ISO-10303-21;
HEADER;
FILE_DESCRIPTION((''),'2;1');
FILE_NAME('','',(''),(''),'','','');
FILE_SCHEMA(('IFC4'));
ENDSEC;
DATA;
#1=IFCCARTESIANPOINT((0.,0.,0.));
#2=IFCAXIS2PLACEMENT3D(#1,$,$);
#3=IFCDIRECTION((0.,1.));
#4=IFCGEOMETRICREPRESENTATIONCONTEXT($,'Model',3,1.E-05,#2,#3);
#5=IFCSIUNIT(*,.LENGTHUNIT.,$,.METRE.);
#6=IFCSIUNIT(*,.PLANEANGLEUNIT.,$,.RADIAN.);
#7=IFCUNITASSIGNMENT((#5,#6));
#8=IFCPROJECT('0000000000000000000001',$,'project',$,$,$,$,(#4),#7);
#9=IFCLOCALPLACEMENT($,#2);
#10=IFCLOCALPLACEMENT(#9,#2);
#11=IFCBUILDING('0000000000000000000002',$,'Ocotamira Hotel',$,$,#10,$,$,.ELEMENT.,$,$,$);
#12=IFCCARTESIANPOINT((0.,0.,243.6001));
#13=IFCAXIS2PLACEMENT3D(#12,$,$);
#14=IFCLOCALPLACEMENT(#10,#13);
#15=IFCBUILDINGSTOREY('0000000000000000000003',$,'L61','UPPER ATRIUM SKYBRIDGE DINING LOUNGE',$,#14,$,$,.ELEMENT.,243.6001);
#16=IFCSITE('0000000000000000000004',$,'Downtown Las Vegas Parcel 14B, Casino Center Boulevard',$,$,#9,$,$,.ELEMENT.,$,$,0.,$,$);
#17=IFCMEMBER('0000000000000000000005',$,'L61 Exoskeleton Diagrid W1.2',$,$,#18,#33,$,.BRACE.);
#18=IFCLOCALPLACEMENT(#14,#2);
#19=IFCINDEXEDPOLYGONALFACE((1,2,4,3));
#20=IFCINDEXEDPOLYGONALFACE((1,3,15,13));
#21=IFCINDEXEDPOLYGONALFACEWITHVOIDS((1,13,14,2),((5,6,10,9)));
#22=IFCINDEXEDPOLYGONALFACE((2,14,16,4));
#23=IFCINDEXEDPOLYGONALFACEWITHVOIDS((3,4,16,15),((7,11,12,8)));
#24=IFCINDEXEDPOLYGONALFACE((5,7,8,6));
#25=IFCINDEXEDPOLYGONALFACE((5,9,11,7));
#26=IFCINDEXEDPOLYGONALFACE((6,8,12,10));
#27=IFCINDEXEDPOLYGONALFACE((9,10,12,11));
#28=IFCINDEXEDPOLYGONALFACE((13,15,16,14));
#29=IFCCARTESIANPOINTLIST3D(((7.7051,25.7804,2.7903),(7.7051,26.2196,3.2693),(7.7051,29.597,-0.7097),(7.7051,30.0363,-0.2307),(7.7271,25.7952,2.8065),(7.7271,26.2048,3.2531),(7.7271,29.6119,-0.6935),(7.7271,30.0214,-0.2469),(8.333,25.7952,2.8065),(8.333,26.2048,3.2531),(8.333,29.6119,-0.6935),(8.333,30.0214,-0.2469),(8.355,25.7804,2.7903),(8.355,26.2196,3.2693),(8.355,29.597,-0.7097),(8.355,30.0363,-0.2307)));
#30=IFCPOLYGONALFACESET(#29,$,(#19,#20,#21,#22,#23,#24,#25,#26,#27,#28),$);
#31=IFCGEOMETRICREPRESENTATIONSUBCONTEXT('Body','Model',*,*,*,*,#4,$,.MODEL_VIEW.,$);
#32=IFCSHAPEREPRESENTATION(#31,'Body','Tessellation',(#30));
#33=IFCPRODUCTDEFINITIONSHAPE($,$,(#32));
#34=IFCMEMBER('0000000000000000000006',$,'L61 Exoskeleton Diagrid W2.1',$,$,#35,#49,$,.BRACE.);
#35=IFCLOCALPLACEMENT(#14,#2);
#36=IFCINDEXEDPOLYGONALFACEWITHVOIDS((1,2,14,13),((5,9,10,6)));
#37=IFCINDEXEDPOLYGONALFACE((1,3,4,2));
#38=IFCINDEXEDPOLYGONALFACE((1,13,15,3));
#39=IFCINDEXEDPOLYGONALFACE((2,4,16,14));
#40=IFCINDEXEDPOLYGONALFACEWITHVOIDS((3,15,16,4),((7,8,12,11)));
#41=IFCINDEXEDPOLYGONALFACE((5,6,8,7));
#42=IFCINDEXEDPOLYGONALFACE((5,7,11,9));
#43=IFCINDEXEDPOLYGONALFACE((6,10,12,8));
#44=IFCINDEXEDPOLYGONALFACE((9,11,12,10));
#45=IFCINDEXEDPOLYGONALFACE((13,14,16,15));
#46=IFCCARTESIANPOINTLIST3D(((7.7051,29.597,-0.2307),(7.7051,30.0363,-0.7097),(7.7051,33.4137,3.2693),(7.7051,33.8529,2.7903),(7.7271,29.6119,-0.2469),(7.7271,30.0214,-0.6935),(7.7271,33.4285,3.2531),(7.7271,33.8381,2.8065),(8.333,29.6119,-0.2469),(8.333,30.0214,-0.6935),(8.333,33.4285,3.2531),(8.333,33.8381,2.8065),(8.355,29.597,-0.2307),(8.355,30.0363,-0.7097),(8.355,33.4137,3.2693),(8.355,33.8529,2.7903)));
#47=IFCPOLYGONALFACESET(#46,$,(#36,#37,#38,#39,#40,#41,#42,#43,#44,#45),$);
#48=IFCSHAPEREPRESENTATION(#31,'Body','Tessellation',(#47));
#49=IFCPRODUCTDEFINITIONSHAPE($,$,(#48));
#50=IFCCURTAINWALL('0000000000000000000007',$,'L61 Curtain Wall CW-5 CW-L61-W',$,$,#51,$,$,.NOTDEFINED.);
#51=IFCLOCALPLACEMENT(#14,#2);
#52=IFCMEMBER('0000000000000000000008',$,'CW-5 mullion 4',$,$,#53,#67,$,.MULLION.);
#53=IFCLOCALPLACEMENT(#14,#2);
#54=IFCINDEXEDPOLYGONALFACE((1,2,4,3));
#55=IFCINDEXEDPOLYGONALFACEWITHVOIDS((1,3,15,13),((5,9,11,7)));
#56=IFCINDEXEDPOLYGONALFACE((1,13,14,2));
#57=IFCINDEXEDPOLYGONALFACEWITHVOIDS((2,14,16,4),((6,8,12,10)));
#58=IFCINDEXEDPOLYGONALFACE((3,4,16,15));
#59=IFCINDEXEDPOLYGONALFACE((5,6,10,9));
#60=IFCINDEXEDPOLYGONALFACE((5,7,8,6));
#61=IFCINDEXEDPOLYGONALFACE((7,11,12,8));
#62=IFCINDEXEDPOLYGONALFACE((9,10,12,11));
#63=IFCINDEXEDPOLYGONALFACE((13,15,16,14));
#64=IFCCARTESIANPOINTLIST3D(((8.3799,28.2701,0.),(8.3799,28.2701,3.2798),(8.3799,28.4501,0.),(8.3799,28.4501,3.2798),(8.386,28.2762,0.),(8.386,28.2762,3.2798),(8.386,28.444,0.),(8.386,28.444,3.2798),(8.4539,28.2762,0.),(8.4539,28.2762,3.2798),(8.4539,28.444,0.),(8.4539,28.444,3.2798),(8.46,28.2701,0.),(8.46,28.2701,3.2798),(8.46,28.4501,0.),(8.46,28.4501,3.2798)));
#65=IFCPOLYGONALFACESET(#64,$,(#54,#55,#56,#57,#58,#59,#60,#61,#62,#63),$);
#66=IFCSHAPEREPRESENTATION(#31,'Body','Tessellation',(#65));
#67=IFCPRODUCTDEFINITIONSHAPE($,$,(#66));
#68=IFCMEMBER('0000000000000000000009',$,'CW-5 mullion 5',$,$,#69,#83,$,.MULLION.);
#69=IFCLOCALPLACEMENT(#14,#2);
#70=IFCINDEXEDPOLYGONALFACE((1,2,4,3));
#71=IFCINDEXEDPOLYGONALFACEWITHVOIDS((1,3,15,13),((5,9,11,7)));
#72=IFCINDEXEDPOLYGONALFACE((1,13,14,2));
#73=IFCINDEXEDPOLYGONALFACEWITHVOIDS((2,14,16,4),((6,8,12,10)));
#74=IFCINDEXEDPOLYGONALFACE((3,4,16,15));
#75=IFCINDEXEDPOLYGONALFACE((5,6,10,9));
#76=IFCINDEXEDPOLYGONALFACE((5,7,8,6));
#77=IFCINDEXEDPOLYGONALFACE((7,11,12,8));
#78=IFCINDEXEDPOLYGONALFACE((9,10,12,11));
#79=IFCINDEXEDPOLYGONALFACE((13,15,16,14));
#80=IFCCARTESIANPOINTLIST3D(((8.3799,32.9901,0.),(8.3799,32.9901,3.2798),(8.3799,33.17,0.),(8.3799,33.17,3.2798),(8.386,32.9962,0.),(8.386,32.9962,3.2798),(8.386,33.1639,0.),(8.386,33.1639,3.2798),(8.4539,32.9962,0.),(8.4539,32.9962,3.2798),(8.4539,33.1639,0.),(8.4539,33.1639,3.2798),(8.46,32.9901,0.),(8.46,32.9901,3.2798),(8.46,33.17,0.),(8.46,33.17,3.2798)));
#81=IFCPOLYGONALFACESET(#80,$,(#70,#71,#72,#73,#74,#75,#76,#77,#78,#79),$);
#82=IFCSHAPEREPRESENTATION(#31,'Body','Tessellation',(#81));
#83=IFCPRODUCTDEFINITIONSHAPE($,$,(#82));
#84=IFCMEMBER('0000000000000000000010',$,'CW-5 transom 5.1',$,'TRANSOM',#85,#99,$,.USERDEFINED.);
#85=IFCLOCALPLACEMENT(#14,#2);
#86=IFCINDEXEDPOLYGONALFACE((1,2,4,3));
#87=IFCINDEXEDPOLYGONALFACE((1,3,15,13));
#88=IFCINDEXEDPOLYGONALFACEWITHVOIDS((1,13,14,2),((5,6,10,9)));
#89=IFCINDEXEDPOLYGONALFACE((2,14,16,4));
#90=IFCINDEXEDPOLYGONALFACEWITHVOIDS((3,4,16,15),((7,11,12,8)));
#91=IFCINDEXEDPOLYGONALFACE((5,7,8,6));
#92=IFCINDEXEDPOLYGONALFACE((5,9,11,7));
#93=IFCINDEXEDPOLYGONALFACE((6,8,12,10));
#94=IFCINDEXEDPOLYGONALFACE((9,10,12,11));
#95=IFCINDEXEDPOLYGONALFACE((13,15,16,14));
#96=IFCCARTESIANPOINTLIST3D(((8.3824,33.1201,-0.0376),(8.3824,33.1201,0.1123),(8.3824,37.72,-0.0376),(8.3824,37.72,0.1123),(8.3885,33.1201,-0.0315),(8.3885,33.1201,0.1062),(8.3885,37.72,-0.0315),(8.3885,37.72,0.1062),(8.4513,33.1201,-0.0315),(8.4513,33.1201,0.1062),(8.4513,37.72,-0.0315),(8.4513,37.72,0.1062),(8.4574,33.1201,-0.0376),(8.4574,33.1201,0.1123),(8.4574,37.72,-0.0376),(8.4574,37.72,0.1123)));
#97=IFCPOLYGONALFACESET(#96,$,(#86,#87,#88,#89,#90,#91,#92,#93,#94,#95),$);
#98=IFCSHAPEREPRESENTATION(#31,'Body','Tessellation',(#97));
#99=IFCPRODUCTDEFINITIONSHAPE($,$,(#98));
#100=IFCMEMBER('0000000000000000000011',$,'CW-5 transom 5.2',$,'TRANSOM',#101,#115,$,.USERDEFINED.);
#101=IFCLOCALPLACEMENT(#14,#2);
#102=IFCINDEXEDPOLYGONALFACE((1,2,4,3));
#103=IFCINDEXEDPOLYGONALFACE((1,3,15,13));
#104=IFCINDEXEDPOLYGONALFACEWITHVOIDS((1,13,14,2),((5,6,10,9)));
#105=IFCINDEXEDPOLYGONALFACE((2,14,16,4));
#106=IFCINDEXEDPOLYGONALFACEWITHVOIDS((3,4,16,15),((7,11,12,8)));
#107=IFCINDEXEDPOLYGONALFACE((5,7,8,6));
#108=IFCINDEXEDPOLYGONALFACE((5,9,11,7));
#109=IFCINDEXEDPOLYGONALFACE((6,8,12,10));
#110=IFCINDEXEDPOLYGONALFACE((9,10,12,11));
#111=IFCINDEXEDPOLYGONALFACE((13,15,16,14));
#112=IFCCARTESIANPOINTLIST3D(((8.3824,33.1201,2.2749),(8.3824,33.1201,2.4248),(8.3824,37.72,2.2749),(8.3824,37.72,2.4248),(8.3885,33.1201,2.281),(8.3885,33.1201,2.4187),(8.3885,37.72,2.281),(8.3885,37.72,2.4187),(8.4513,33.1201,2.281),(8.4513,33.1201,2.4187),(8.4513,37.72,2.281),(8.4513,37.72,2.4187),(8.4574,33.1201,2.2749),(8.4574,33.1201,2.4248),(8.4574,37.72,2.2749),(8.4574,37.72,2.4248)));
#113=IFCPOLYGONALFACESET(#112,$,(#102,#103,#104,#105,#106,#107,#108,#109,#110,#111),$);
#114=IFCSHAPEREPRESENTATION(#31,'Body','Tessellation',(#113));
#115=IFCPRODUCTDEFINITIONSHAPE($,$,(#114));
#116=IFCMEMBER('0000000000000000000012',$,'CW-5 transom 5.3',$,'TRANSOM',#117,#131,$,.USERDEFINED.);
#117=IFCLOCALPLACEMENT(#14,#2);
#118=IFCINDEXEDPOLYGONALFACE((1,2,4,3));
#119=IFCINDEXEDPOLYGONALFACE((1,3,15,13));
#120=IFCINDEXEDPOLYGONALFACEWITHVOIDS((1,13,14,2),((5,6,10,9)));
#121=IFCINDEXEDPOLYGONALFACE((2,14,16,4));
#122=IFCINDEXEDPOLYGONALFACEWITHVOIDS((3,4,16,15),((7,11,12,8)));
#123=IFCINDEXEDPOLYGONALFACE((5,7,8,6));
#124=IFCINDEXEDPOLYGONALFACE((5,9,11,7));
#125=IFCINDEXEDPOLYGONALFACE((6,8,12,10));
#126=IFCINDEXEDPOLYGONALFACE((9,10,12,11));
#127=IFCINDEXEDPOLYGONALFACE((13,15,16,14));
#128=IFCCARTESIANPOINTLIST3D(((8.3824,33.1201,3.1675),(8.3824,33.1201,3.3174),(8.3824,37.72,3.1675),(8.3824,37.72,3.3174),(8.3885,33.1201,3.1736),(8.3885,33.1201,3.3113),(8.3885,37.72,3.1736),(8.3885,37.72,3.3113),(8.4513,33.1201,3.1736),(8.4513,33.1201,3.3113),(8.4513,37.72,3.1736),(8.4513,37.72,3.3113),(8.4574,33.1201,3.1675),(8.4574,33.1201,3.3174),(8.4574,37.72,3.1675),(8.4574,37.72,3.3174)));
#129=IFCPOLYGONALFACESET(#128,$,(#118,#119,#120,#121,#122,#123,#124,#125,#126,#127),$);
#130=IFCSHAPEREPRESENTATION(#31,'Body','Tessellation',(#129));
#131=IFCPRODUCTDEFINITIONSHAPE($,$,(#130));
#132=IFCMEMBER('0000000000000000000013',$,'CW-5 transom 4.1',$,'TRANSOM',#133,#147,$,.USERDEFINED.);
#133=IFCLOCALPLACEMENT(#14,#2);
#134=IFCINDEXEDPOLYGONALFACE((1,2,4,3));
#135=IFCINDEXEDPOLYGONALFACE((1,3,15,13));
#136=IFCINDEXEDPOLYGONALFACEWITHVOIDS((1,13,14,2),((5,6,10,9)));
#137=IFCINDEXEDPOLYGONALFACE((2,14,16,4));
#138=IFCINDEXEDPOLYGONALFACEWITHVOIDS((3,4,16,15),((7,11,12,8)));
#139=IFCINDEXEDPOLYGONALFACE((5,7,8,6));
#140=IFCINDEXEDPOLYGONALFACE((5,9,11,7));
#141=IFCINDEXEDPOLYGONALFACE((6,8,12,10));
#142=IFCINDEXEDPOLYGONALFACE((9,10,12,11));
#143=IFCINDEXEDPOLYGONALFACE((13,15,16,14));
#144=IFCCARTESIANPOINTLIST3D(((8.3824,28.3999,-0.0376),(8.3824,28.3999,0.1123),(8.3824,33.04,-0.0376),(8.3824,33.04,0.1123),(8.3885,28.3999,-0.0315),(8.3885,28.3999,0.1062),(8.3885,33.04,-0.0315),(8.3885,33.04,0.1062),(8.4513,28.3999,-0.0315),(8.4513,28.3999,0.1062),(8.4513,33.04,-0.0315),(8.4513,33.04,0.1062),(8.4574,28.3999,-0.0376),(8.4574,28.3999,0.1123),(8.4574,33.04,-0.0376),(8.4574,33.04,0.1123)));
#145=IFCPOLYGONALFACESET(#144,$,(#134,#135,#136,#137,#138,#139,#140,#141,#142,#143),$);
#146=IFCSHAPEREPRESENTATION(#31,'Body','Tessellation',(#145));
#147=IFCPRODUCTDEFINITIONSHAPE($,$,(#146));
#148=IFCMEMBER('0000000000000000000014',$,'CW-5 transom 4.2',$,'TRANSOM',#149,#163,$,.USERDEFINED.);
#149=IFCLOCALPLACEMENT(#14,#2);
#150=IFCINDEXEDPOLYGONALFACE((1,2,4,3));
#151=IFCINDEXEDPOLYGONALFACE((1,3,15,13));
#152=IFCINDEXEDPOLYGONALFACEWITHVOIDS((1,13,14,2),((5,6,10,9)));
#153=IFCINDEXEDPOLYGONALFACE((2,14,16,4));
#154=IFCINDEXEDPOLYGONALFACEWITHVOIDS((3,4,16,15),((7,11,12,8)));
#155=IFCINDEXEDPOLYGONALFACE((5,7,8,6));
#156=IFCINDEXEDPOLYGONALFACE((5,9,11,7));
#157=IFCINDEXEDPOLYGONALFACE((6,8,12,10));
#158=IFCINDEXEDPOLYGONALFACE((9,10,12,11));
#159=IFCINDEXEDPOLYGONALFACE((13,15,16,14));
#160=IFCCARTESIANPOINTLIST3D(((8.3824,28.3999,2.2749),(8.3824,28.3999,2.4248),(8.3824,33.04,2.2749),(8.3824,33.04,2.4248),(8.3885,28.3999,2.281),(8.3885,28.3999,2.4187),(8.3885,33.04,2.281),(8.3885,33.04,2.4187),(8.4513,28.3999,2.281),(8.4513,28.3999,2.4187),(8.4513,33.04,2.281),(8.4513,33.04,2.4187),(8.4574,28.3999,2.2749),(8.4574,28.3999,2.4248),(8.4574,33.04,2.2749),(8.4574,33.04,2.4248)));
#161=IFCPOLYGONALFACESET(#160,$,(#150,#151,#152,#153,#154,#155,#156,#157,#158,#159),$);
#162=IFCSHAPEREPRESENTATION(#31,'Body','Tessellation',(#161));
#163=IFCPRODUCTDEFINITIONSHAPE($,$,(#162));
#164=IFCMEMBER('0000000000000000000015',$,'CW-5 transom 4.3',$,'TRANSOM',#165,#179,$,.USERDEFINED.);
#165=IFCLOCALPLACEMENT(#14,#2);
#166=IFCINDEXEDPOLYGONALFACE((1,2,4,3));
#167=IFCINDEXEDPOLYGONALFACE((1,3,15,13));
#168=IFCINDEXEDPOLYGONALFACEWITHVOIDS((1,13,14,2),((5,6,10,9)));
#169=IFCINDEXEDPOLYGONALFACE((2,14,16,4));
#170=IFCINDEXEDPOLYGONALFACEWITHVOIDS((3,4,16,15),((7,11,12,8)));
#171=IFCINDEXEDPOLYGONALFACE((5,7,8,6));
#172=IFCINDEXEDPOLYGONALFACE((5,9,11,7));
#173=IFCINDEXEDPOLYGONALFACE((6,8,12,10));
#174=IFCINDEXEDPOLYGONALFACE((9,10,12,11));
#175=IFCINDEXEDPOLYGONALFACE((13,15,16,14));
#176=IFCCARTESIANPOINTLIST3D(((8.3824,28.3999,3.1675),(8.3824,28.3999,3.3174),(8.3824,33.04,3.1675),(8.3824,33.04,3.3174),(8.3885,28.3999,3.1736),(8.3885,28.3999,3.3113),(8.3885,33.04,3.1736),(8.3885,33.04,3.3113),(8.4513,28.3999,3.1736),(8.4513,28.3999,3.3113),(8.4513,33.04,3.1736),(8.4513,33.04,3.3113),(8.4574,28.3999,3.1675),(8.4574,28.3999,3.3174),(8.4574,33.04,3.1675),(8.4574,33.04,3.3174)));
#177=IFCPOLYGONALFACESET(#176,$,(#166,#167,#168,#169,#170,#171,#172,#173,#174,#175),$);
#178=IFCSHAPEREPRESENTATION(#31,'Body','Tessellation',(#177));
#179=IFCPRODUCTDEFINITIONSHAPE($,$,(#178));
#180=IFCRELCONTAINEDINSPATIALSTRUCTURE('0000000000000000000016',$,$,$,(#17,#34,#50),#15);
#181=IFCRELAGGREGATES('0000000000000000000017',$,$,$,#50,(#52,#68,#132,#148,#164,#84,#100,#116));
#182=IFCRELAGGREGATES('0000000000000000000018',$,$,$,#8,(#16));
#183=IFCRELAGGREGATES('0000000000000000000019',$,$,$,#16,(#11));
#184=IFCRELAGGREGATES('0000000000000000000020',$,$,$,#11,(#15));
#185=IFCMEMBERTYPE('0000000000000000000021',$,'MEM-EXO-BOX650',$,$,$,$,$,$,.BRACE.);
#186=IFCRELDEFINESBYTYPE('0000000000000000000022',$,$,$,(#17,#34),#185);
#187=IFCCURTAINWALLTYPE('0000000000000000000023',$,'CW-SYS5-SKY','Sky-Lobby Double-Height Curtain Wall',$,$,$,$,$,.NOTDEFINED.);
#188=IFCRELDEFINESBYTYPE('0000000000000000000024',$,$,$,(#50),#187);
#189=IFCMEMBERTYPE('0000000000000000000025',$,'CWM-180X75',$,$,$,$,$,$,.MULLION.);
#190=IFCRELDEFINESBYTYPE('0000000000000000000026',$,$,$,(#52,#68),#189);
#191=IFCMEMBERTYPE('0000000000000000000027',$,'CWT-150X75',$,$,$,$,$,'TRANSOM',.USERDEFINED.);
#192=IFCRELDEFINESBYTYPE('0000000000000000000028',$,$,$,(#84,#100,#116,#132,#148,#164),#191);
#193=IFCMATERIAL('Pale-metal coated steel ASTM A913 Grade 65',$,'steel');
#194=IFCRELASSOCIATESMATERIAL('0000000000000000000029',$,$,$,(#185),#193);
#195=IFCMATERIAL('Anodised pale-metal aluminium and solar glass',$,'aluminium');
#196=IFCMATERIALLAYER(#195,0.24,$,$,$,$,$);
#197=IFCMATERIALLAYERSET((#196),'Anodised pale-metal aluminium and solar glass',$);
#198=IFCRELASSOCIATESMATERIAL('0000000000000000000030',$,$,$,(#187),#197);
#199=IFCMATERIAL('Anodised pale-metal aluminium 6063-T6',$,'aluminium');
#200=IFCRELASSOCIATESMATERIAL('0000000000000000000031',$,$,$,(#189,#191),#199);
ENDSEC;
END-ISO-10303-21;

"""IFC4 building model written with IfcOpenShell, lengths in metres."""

from ifc_helpers import new_model, si_unit, direction, frame, origin, origin_2d, place, context, subcontext, project, spatial, hollow_rectangle, extrude, source, transform, mapped, material, layer, layer_set, material_profile, profile_set, type_object, element, aggregate, save


model = new_model("IFC4")

# Units and contexts
model_context = context("Model", 3, precision=1e-05, world=origin(), true_north=direction((0.0, 1.0)))
body_context = subcontext(model_context, "Body", "Model", "MODEL_VIEW")
ifc_project = project(units=[si_unit("LENGTHUNIT", "METRE"), si_unit("PLANEANGLEUNIT", "RADIAN")], contexts=[model_context])

# Site, building, storey
site_placement = place(None, origin())
site = spatial("IfcSite", under=ifc_project, at=site_placement, Name="Downtown Las Vegas Parcel 14B, Casino Center Boulevard", CompositionType="ELEMENT", RefElevation=0.0)
building_placement = place(site_placement, origin())
building = spatial("IfcBuilding", under=site, at=building_placement, Name="Ocotamira Hotel", CompositionType="ELEMENT")
storey_placement = place(building_placement, frame((0.0, 0.0, 243.6001)))
storey = spatial("IfcBuildingStorey", under=building, at=storey_placement, Name="L61", Description="UPPER ATRIUM SKYBRIDGE DINING LOUNGE", CompositionType="ELEMENT", Elevation=243.6001)

# Members
ifc_material_1 = material(Name="Pale-metal coated steel ASTM A913 Grade 65", Category="steel")
ifc_material_profile_1 = material_profile(ifc_material_1, hollow_rectangle(XDim=0.6499, YDim=0.6499, WallThickness=0.022, at=origin_2d()), Name="BOX650X650X22")
ifc_profile_set_1 = profile_set([ifc_material_profile_1], Name="Pale-metal coated steel ASTM A913 Grade 65")
member_type_1 = type_object("IfcMemberType", Name="MEM-EXO-BOX650", PredefinedType="BRACE", material=ifc_profile_set_1)
shared_shape_1 = source(origin(), body_context, "Body", "SweptSolid", [
    extrude(hollow_rectangle(XDim=0.6499, YDim=0.6499, WallThickness=0.022, at=origin_2d()), origin(), (0.0, 0.0, 1.0), 5.1785),
])
for number, where, z_axis, x_axis, name in (
    (1, (8.03, 29.8167, -0.4702), (0.0, -0.737019, 0.675872), (1.0, 0.0, 0.0), "L61 Exoskeleton Diagrid W1.2"),
    (2, (8.03, 29.8167, -0.4702), (0.0, 0.737019, 0.675872), (-1.0, 0.0, 0.0), "L61 Exoskeleton Diagrid W2.1"),
):
    element("IfcMember", number, at=place(storey_placement, frame(where, z_axis=z_axis, x_axis=x_axis)), inside=storey, type_object=member_type_1, Name=name, PredefinedType="BRACE", context=body_context, shape_type="MappedRepresentation", body=[
        mapped(shared_shape_1, transform((0.0, 0.0, 0.0), scale=1.0)),
    ])

# Curtain wall, members
ifc_material_2 = material(Name="Anodised pale-metal aluminium and solar glass", Category="aluminium")
ifc_layer_1 = layer(ifc_material_2, 0.24)
ifc_layer_set_1 = layer_set([ifc_layer_1], Name="Anodised pale-metal aluminium and solar glass")
curtain_wall_type = type_object("IfcCurtainWallType", Name="CW-SYS5-SKY", Description="Sky-Lobby Double-Height Curtain Wall", PredefinedType="NOTDEFINED", material=ifc_layer_set_1)
curtain_wall_placement = place(storey_placement, origin())
curtain_wall = element("IfcCurtainWall", 3, at=curtain_wall_placement, inside=storey, type_object=curtain_wall_type, Name="L61 Curtain Wall CW-5 CW-L61-W", PredefinedType="NOTDEFINED")
ifc_material_3 = material(Name="Anodised pale-metal aluminium 6063-T6", Category="aluminium")
ifc_material_profile_2 = material_profile(ifc_material_3, hollow_rectangle(XDim=0.0801, YDim=0.1799, WallThickness=0.0061, at=origin_2d()), Name="HSS180X80X6")
ifc_profile_set_2 = profile_set([ifc_material_profile_2], Name="Anodised pale-metal aluminium 6063-T6")
member_type_2 = type_object("IfcMemberType", Name="CWM-180X75", PredefinedType="MULLION", material=ifc_profile_set_2)
shared_shape_2 = source(origin(), body_context, "Body", "SweptSolid", [
    extrude(hollow_rectangle(XDim=0.0801, YDim=0.1799, WallThickness=0.0061, at=origin_2d()), origin(), (0.0, 0.0, 1.0), 3.2798),
])
member_1_placement = place(storey_placement, frame((8.4199, 28.3601, 0.0), z_axis=(0.0, 0.0, 1.0), x_axis=(-1.0, 0.0, 0.0)))
member_1 = element("IfcMember", 4, at=member_1_placement, type_object=member_type_2, Name="CW-5 mullion 4", PredefinedType="MULLION", context=body_context, shape_type="MappedRepresentation", body=[
    mapped(shared_shape_2, transform((0.0, 0.0, 0.0), scale=1.0)),
])
member_2_placement = place(storey_placement, frame((8.4199, 33.0801, 0.0), z_axis=(0.0, 0.0, 1.0), x_axis=(-1.0, 0.0, 0.0)))
member_2 = element("IfcMember", 5, at=member_2_placement, type_object=member_type_2, Name="CW-5 mullion 5", PredefinedType="MULLION", context=body_context, shape_type="MappedRepresentation", body=[
    mapped(shared_shape_2, transform((0.0, 0.0, 0.0), scale=1.0)),
])
ifc_material_profile_3 = material_profile(ifc_material_3, hollow_rectangle(XDim=0.075, YDim=0.1499, WallThickness=0.0061, at=origin_2d()), Name="HSS150X75X6")
ifc_profile_set_3 = profile_set([ifc_material_profile_3], Name="Anodised pale-metal aluminium 6063-T6")
member_type_3 = type_object("IfcMemberType", Name="CWT-150X75", ElementType="TRANSOM", PredefinedType="USERDEFINED", material=ifc_profile_set_3)
shared_shape_3 = source(origin(), body_context, "Body", "SweptSolid", [
    extrude(hollow_rectangle(XDim=0.075, YDim=0.1499, WallThickness=0.0061, at=origin_2d()), origin(), (0.0, 0.0, 1.0), 4.5999),
])
member_3_placement = place(storey_placement, frame((8.4199, 33.1201, 0.0374), z_axis=(0.0, 1.0, 0.0), x_axis=(-1.0, 0.0, 0.0)))
member_3 = element("IfcMember", 6, at=member_3_placement, type_object=member_type_3, Name="CW-5 transom 5.1", ObjectType="TRANSOM", PredefinedType="USERDEFINED", context=body_context, shape_type="MappedRepresentation", body=[
    mapped(shared_shape_3, transform((0.0, 0.0, 0.0), scale=1.0)),
])
member_4_placement = place(storey_placement, frame((8.4199, 33.1201, 2.3499), z_axis=(0.0, 1.0, 0.0), x_axis=(-1.0, 0.0, 0.0)))
member_4 = element("IfcMember", 7, at=member_4_placement, type_object=member_type_3, Name="CW-5 transom 5.2", ObjectType="TRANSOM", PredefinedType="USERDEFINED", context=body_context, shape_type="MappedRepresentation", body=[
    mapped(shared_shape_3, transform((0.0, 0.0, 0.0), scale=1.0)),
])
member_5_placement = place(storey_placement, frame((8.4199, 33.1201, 3.2424), z_axis=(0.0, 1.0, 0.0), x_axis=(-1.0, 0.0, 0.0)))
member_5 = element("IfcMember", 8, at=member_5_placement, type_object=member_type_3, Name="CW-5 transom 5.3", ObjectType="TRANSOM", PredefinedType="USERDEFINED", context=body_context, shape_type="MappedRepresentation", body=[
    mapped(shared_shape_3, transform((0.0, 0.0, 0.0), scale=1.0)),
])
shared_shape_4 = source(origin(), body_context, "Body", "SweptSolid", [
    extrude(hollow_rectangle(XDim=0.075, YDim=0.1499, WallThickness=0.0061, at=origin_2d()), origin(), (0.0, 0.0, 1.0), 4.6401),
])
member_6_placement = place(storey_placement, frame((8.4199, 28.3999, 0.0374), z_axis=(0.0, 1.0, 0.0), x_axis=(-1.0, 0.0, 0.0)))
member_6 = element("IfcMember", 9, at=member_6_placement, type_object=member_type_3, Name="CW-5 transom 4.1", ObjectType="TRANSOM", PredefinedType="USERDEFINED", context=body_context, shape_type="MappedRepresentation", body=[
    mapped(shared_shape_4, transform((0.0, 0.0, 0.0), scale=1.0)),
])
member_7_placement = place(storey_placement, frame((8.4199, 28.3999, 2.3499), z_axis=(0.0, 1.0, 0.0), x_axis=(-1.0, 0.0, 0.0)))
member_7 = element("IfcMember", 10, at=member_7_placement, type_object=member_type_3, Name="CW-5 transom 4.2", ObjectType="TRANSOM", PredefinedType="USERDEFINED", context=body_context, shape_type="MappedRepresentation", body=[
    mapped(shared_shape_4, transform((0.0, 0.0, 0.0), scale=1.0)),
])
member_8_placement = place(storey_placement, frame((8.4199, 28.3999, 3.2424), z_axis=(0.0, 1.0, 0.0), x_axis=(-1.0, 0.0, 0.0)))
member_8 = element("IfcMember", 11, at=member_8_placement, type_object=member_type_3, Name="CW-5 transom 4.3", ObjectType="TRANSOM", PredefinedType="USERDEFINED", context=body_context, shape_type="MappedRepresentation", body=[
    mapped(shared_shape_4, transform((0.0, 0.0, 0.0), scale=1.0)),
])

aggregate(curtain_wall, [member_1, member_2, member_6, member_7, member_8, member_3, member_4, member_5])

save(model, "model.ifc")
